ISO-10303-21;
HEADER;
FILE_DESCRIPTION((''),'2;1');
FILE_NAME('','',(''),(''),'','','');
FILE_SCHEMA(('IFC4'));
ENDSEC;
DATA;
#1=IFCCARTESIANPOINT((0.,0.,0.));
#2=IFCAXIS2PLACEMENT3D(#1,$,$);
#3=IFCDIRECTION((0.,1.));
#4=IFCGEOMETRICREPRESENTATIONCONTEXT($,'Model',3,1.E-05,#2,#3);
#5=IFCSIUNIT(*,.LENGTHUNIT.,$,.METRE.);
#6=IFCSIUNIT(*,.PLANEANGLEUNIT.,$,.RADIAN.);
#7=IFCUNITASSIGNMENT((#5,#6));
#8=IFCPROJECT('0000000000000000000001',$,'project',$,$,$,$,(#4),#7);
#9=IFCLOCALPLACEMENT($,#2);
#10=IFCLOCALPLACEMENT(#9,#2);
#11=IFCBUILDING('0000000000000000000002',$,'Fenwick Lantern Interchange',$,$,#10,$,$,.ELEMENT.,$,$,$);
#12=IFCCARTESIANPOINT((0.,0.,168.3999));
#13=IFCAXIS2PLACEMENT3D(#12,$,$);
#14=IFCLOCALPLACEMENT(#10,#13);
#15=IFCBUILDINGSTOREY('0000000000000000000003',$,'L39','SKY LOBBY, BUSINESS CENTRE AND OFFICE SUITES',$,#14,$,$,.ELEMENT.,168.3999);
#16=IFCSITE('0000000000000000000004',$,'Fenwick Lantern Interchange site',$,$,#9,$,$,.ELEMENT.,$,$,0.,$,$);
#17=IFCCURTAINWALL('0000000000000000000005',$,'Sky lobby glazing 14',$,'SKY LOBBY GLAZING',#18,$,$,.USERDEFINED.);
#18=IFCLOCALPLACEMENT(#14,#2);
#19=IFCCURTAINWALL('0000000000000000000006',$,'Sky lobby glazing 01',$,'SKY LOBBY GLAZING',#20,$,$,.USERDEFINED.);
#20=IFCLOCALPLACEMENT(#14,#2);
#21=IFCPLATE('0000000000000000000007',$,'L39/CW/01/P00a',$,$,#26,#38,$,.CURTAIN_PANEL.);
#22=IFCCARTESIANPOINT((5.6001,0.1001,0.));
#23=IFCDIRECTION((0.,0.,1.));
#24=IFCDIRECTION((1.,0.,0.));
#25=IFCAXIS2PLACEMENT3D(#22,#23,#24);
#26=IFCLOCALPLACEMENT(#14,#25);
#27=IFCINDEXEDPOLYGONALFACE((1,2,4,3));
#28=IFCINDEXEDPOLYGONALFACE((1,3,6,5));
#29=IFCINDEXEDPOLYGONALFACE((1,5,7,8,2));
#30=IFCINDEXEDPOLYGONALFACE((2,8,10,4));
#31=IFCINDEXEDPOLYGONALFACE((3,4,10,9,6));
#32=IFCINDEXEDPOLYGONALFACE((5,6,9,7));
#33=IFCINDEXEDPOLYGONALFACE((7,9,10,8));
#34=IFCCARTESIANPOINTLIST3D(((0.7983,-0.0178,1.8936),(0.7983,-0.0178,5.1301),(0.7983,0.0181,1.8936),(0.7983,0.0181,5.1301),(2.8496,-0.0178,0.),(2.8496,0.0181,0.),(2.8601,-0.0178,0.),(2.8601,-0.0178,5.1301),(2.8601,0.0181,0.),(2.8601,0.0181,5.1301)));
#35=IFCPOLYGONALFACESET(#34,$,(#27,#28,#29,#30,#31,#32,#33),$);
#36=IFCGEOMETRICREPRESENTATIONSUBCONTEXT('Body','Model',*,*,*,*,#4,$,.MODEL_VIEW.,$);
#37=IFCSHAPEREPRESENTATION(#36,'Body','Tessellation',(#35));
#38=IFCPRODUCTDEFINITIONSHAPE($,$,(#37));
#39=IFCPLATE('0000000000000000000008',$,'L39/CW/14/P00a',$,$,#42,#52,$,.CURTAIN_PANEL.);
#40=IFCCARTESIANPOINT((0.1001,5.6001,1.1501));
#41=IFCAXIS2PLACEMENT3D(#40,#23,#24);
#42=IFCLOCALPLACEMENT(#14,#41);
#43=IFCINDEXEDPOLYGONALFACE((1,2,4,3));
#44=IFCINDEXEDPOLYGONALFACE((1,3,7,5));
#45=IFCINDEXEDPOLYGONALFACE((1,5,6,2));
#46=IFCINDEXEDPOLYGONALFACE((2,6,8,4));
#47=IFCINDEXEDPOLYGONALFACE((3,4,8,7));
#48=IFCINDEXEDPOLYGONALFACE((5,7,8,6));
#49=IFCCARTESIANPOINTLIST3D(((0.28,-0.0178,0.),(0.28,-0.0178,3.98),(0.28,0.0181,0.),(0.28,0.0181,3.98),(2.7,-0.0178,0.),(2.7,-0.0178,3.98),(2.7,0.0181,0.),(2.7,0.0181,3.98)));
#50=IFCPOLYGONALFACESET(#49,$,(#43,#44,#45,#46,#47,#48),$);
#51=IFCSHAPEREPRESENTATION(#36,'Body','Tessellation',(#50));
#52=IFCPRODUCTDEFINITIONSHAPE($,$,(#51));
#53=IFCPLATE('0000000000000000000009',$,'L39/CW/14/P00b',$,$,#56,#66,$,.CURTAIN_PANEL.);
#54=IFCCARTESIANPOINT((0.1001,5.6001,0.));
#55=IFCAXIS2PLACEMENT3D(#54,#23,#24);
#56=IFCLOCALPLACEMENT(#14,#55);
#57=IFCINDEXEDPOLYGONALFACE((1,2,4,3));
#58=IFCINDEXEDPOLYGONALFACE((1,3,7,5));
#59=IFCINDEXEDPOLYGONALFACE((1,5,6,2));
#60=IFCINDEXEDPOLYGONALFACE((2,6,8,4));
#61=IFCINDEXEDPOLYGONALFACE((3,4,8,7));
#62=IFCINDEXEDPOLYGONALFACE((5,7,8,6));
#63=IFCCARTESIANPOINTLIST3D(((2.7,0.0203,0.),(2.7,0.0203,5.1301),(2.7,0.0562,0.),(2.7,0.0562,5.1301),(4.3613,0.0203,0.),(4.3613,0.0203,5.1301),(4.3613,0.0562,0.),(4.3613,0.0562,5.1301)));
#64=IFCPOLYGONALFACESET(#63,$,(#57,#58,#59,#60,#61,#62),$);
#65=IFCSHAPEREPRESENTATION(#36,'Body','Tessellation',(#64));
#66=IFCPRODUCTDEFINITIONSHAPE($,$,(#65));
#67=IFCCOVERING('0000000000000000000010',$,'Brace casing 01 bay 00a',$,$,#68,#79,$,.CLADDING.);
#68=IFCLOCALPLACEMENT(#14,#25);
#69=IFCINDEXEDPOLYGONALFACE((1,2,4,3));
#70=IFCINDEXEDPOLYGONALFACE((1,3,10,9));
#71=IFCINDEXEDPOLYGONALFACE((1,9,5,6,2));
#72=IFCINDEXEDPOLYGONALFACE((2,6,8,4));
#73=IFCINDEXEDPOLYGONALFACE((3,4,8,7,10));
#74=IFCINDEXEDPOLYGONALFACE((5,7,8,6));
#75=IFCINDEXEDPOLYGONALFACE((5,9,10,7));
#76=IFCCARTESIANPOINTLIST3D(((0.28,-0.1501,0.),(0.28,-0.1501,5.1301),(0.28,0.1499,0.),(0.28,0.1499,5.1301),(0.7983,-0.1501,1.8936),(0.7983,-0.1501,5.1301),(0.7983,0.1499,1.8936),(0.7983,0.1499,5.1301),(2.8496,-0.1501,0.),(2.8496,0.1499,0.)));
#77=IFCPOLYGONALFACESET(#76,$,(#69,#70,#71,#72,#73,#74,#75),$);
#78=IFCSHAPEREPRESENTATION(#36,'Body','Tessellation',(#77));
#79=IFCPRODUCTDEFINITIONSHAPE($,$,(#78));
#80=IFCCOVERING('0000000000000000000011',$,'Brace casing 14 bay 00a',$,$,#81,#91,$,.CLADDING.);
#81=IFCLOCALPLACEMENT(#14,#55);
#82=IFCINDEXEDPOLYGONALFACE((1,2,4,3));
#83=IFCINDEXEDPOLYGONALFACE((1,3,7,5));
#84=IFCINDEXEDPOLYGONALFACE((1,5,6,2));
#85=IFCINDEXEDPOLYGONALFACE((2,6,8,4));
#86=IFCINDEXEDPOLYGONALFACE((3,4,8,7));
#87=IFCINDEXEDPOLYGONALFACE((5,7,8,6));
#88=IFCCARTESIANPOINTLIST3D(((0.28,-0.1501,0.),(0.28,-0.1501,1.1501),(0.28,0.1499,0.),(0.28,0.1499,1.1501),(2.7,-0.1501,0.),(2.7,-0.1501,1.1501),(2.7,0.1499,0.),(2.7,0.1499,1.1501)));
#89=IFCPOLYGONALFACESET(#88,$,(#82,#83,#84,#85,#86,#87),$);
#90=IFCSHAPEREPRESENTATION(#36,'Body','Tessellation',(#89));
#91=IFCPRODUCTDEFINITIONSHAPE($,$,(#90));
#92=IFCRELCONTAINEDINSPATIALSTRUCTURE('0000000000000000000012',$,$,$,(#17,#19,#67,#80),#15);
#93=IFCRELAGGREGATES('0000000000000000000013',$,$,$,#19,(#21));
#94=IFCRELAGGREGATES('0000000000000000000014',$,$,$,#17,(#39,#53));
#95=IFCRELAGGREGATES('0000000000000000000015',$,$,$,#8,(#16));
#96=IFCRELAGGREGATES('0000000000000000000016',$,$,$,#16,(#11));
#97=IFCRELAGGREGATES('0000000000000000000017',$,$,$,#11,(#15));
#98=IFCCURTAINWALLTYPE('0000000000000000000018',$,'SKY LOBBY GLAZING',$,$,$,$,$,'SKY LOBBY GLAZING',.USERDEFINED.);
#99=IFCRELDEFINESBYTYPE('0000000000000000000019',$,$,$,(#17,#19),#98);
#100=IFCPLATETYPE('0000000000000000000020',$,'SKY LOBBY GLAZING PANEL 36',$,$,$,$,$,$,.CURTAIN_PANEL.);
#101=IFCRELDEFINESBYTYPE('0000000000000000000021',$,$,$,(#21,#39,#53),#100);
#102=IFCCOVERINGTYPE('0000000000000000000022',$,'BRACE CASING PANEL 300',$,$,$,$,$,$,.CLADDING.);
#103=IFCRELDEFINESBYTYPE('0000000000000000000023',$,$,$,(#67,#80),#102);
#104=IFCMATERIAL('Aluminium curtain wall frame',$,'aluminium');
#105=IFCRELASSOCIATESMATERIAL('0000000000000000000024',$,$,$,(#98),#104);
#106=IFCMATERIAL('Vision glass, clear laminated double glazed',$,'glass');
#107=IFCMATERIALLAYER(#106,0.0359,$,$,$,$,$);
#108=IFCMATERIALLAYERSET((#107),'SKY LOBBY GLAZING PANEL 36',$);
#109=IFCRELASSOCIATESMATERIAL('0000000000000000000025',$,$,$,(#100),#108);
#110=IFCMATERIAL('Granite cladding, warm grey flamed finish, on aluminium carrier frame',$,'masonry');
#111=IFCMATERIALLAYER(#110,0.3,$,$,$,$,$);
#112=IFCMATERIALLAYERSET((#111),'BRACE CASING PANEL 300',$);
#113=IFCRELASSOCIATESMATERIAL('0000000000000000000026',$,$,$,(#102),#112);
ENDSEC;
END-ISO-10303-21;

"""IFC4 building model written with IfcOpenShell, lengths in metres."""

from ifc_helpers import new_model, si_unit, direction, frame, origin, place, context, subcontext, project, spatial, polyline, outline, extrude, material, layer, layer_set, type_object, element, aggregate, save


model = new_model("IFC4")

# Units and contexts
model_context = context("Model", 3, precision=1e-05, world=origin(), true_north=direction((0.0, 1.0)))
body_context = subcontext(model_context, "Body", "Model", "MODEL_VIEW")
ifc_project = project(units=[si_unit("LENGTHUNIT", "METRE"), si_unit("PLANEANGLEUNIT", "RADIAN")], contexts=[model_context])

# Site, building, storey
site_placement = place(None, origin())
site = spatial("IfcSite", under=ifc_project, at=site_placement, Name="Fenwick Lantern Interchange site", CompositionType="ELEMENT", RefElevation=0.0)
building_placement = place(site_placement, origin())
building = spatial("IfcBuilding", under=site, at=building_placement, Name="Fenwick Lantern Interchange", CompositionType="ELEMENT")
storey_placement = place(building_placement, frame((0.0, 0.0, 168.3999)))
storey = spatial("IfcBuildingStorey", under=building, at=storey_placement, Name="L39", Description="SKY LOBBY, BUSINESS CENTRE AND OFFICE SUITES", CompositionType="ELEMENT", Elevation=168.3999)

# Curtain wall
ifc_material_1 = material(Name="Aluminium curtain wall frame", Category="aluminium")
curtain_wall_type = type_object("IfcCurtainWallType", Name="SKY LOBBY GLAZING", ElementType="SKY LOBBY GLAZING", PredefinedType="USERDEFINED", material=ifc_material_1)
curtain_wall_1_placement = place(storey_placement, origin())
curtain_wall_1 = element("IfcCurtainWall", 1, at=curtain_wall_1_placement, inside=storey, type_object=curtain_wall_type, Name="Sky lobby glazing 14", ObjectType="SKY LOBBY GLAZING", PredefinedType="USERDEFINED")

# Curtain wall, plate
curtain_wall_2_placement = place(storey_placement, origin())
curtain_wall_2 = element("IfcCurtainWall", 2, at=curtain_wall_2_placement, inside=storey, type_object=curtain_wall_type, Name="Sky lobby glazing 01", ObjectType="SKY LOBBY GLAZING", PredefinedType="USERDEFINED")
ifc_material_2 = material(Name="Vision glass, clear laminated double glazed", Category="glass")
ifc_layer_1 = layer(ifc_material_2, 0.0359)
ifc_layer_set_1 = layer_set([ifc_layer_1], Name="SKY LOBBY GLAZING PANEL 36")
plate_type = type_object("IfcPlateType", Name="SKY LOBBY GLAZING PANEL 36", PredefinedType="CURTAIN_PANEL", material=ifc_layer_set_1)
plate_1_placement = place(storey_placement, frame((5.6001, 0.1001, 0.0), z_axis=(0.0, 0.0, 1.0), x_axis=(1.0, 0.0, 0.0)))
plate_1 = element("IfcPlate", 3, at=plate_1_placement, type_object=plate_type, Name="L39/CW/01/P00a", PredefinedType="CURTAIN_PANEL", context=body_context, shape_type="SweptSolid", body=[
    extrude(outline(polyline([(2.8496, 0.0), (2.8601, 0.0), (2.8601, 5.1301), (0.7983, 5.1301), (0.7983, 1.8936), (2.8496, 0.0)])), frame((0.0, 0.0181, 0.0), z_axis=(0.0, -1.0, 0.0), x_axis=(1.0, 0.0, 0.0)), (0.0, 0.0, 1.0), 0.0359),
])
aggregate(curtain_wall_2, [plate_1])

# Plates
plate_2_placement = place(storey_placement, frame((0.1001, 5.6001, 1.1501), z_axis=(0.0, 0.0, 1.0), x_axis=(1.0, 0.0, 0.0)))
plate_2 = element("IfcPlate", 4, at=plate_2_placement, type_object=plate_type, Name="L39/CW/14/P00a", PredefinedType="CURTAIN_PANEL", context=body_context, shape_type="SweptSolid", body=[
    extrude(outline(polyline([(0.28, 0.0), (2.7, 0.0), (2.7, 3.98), (0.28, 3.98), (0.28, 0.0)])), frame((0.0, 0.0181, 0.0), z_axis=(0.0, -1.0, 0.0), x_axis=(1.0, 0.0, 0.0)), (0.0, 0.0, 1.0), 0.0359),
])
plate_3_placement = place(storey_placement, frame((0.1001, 5.6001, 0.0), z_axis=(0.0, 0.0, 1.0), x_axis=(1.0, 0.0, 0.0)))
plate_3 = element("IfcPlate", 5, at=plate_3_placement, type_object=plate_type, Name="L39/CW/14/P00b", PredefinedType="CURTAIN_PANEL", context=body_context, shape_type="SweptSolid", body=[
    extrude(outline(polyline([(2.7, 0.0), (4.3613, 0.0), (4.3613, 5.1301), (2.7, 5.1301), (2.7, 0.0)])), frame((0.0, 0.0562, 0.0), z_axis=(0.0, -1.0, 0.0), x_axis=(1.0, 0.0, 0.0)), (0.0, 0.0, 1.0), 0.0359),
])
aggregate(curtain_wall_1, [plate_2, plate_3])

# Coverings
ifc_material_3 = material(Name="Granite cladding, warm grey flamed finish, on aluminium carrier frame", Category="masonry")
ifc_layer_2 = layer(ifc_material_3, 0.3)
ifc_layer_set_2 = layer_set([ifc_layer_2], Name="BRACE CASING PANEL 300")
covering_type_1 = type_object("IfcCoveringType", Name="BRACE CASING PANEL 300", PredefinedType="CLADDING", material=ifc_layer_set_2)
covering_1_placement = place(storey_placement, frame((5.6001, 0.1001, 0.0), z_axis=(0.0, 0.0, 1.0), x_axis=(1.0, 0.0, 0.0)))
element("IfcCovering", 6, at=covering_1_placement, inside=storey, type_object=covering_type_1, Name="Brace casing 01 bay 00a", PredefinedType="CLADDING", context=body_context, shape_type="SweptSolid", body=[
    extrude(outline(polyline([(0.28, 0.0), (2.8496, 0.0), (0.7983, 1.8936), (0.7983, 5.1301), (0.28, 5.1301), (0.28, 0.0)])), frame((0.0, 0.1499, 0.0), z_axis=(0.0, -1.0, 0.0), x_axis=(1.0, 0.0, 0.0)), (0.0, 0.0, 1.0), 0.3),
])
covering_2_placement = place(storey_placement, frame((0.1001, 5.6001, 0.0), z_axis=(0.0, 0.0, 1.0), x_axis=(1.0, 0.0, 0.0)))
element("IfcCovering", 7, at=covering_2_placement, inside=storey, type_object=covering_type_1, Name="Brace casing 14 bay 00a", PredefinedType="CLADDING", context=body_context, shape_type="SweptSolid", body=[
    extrude(outline(polyline([(0.28, 0.0), (2.7, 0.0), (2.7, 1.1501), (0.28, 1.1501), (0.28, 0.0)])), frame((0.0, 0.1499, 0.0), z_axis=(0.0, -1.0, 0.0), x_axis=(1.0, 0.0, 0.0)), (0.0, 0.0, 1.0), 0.3),
])

save(model, "model.ifc")
